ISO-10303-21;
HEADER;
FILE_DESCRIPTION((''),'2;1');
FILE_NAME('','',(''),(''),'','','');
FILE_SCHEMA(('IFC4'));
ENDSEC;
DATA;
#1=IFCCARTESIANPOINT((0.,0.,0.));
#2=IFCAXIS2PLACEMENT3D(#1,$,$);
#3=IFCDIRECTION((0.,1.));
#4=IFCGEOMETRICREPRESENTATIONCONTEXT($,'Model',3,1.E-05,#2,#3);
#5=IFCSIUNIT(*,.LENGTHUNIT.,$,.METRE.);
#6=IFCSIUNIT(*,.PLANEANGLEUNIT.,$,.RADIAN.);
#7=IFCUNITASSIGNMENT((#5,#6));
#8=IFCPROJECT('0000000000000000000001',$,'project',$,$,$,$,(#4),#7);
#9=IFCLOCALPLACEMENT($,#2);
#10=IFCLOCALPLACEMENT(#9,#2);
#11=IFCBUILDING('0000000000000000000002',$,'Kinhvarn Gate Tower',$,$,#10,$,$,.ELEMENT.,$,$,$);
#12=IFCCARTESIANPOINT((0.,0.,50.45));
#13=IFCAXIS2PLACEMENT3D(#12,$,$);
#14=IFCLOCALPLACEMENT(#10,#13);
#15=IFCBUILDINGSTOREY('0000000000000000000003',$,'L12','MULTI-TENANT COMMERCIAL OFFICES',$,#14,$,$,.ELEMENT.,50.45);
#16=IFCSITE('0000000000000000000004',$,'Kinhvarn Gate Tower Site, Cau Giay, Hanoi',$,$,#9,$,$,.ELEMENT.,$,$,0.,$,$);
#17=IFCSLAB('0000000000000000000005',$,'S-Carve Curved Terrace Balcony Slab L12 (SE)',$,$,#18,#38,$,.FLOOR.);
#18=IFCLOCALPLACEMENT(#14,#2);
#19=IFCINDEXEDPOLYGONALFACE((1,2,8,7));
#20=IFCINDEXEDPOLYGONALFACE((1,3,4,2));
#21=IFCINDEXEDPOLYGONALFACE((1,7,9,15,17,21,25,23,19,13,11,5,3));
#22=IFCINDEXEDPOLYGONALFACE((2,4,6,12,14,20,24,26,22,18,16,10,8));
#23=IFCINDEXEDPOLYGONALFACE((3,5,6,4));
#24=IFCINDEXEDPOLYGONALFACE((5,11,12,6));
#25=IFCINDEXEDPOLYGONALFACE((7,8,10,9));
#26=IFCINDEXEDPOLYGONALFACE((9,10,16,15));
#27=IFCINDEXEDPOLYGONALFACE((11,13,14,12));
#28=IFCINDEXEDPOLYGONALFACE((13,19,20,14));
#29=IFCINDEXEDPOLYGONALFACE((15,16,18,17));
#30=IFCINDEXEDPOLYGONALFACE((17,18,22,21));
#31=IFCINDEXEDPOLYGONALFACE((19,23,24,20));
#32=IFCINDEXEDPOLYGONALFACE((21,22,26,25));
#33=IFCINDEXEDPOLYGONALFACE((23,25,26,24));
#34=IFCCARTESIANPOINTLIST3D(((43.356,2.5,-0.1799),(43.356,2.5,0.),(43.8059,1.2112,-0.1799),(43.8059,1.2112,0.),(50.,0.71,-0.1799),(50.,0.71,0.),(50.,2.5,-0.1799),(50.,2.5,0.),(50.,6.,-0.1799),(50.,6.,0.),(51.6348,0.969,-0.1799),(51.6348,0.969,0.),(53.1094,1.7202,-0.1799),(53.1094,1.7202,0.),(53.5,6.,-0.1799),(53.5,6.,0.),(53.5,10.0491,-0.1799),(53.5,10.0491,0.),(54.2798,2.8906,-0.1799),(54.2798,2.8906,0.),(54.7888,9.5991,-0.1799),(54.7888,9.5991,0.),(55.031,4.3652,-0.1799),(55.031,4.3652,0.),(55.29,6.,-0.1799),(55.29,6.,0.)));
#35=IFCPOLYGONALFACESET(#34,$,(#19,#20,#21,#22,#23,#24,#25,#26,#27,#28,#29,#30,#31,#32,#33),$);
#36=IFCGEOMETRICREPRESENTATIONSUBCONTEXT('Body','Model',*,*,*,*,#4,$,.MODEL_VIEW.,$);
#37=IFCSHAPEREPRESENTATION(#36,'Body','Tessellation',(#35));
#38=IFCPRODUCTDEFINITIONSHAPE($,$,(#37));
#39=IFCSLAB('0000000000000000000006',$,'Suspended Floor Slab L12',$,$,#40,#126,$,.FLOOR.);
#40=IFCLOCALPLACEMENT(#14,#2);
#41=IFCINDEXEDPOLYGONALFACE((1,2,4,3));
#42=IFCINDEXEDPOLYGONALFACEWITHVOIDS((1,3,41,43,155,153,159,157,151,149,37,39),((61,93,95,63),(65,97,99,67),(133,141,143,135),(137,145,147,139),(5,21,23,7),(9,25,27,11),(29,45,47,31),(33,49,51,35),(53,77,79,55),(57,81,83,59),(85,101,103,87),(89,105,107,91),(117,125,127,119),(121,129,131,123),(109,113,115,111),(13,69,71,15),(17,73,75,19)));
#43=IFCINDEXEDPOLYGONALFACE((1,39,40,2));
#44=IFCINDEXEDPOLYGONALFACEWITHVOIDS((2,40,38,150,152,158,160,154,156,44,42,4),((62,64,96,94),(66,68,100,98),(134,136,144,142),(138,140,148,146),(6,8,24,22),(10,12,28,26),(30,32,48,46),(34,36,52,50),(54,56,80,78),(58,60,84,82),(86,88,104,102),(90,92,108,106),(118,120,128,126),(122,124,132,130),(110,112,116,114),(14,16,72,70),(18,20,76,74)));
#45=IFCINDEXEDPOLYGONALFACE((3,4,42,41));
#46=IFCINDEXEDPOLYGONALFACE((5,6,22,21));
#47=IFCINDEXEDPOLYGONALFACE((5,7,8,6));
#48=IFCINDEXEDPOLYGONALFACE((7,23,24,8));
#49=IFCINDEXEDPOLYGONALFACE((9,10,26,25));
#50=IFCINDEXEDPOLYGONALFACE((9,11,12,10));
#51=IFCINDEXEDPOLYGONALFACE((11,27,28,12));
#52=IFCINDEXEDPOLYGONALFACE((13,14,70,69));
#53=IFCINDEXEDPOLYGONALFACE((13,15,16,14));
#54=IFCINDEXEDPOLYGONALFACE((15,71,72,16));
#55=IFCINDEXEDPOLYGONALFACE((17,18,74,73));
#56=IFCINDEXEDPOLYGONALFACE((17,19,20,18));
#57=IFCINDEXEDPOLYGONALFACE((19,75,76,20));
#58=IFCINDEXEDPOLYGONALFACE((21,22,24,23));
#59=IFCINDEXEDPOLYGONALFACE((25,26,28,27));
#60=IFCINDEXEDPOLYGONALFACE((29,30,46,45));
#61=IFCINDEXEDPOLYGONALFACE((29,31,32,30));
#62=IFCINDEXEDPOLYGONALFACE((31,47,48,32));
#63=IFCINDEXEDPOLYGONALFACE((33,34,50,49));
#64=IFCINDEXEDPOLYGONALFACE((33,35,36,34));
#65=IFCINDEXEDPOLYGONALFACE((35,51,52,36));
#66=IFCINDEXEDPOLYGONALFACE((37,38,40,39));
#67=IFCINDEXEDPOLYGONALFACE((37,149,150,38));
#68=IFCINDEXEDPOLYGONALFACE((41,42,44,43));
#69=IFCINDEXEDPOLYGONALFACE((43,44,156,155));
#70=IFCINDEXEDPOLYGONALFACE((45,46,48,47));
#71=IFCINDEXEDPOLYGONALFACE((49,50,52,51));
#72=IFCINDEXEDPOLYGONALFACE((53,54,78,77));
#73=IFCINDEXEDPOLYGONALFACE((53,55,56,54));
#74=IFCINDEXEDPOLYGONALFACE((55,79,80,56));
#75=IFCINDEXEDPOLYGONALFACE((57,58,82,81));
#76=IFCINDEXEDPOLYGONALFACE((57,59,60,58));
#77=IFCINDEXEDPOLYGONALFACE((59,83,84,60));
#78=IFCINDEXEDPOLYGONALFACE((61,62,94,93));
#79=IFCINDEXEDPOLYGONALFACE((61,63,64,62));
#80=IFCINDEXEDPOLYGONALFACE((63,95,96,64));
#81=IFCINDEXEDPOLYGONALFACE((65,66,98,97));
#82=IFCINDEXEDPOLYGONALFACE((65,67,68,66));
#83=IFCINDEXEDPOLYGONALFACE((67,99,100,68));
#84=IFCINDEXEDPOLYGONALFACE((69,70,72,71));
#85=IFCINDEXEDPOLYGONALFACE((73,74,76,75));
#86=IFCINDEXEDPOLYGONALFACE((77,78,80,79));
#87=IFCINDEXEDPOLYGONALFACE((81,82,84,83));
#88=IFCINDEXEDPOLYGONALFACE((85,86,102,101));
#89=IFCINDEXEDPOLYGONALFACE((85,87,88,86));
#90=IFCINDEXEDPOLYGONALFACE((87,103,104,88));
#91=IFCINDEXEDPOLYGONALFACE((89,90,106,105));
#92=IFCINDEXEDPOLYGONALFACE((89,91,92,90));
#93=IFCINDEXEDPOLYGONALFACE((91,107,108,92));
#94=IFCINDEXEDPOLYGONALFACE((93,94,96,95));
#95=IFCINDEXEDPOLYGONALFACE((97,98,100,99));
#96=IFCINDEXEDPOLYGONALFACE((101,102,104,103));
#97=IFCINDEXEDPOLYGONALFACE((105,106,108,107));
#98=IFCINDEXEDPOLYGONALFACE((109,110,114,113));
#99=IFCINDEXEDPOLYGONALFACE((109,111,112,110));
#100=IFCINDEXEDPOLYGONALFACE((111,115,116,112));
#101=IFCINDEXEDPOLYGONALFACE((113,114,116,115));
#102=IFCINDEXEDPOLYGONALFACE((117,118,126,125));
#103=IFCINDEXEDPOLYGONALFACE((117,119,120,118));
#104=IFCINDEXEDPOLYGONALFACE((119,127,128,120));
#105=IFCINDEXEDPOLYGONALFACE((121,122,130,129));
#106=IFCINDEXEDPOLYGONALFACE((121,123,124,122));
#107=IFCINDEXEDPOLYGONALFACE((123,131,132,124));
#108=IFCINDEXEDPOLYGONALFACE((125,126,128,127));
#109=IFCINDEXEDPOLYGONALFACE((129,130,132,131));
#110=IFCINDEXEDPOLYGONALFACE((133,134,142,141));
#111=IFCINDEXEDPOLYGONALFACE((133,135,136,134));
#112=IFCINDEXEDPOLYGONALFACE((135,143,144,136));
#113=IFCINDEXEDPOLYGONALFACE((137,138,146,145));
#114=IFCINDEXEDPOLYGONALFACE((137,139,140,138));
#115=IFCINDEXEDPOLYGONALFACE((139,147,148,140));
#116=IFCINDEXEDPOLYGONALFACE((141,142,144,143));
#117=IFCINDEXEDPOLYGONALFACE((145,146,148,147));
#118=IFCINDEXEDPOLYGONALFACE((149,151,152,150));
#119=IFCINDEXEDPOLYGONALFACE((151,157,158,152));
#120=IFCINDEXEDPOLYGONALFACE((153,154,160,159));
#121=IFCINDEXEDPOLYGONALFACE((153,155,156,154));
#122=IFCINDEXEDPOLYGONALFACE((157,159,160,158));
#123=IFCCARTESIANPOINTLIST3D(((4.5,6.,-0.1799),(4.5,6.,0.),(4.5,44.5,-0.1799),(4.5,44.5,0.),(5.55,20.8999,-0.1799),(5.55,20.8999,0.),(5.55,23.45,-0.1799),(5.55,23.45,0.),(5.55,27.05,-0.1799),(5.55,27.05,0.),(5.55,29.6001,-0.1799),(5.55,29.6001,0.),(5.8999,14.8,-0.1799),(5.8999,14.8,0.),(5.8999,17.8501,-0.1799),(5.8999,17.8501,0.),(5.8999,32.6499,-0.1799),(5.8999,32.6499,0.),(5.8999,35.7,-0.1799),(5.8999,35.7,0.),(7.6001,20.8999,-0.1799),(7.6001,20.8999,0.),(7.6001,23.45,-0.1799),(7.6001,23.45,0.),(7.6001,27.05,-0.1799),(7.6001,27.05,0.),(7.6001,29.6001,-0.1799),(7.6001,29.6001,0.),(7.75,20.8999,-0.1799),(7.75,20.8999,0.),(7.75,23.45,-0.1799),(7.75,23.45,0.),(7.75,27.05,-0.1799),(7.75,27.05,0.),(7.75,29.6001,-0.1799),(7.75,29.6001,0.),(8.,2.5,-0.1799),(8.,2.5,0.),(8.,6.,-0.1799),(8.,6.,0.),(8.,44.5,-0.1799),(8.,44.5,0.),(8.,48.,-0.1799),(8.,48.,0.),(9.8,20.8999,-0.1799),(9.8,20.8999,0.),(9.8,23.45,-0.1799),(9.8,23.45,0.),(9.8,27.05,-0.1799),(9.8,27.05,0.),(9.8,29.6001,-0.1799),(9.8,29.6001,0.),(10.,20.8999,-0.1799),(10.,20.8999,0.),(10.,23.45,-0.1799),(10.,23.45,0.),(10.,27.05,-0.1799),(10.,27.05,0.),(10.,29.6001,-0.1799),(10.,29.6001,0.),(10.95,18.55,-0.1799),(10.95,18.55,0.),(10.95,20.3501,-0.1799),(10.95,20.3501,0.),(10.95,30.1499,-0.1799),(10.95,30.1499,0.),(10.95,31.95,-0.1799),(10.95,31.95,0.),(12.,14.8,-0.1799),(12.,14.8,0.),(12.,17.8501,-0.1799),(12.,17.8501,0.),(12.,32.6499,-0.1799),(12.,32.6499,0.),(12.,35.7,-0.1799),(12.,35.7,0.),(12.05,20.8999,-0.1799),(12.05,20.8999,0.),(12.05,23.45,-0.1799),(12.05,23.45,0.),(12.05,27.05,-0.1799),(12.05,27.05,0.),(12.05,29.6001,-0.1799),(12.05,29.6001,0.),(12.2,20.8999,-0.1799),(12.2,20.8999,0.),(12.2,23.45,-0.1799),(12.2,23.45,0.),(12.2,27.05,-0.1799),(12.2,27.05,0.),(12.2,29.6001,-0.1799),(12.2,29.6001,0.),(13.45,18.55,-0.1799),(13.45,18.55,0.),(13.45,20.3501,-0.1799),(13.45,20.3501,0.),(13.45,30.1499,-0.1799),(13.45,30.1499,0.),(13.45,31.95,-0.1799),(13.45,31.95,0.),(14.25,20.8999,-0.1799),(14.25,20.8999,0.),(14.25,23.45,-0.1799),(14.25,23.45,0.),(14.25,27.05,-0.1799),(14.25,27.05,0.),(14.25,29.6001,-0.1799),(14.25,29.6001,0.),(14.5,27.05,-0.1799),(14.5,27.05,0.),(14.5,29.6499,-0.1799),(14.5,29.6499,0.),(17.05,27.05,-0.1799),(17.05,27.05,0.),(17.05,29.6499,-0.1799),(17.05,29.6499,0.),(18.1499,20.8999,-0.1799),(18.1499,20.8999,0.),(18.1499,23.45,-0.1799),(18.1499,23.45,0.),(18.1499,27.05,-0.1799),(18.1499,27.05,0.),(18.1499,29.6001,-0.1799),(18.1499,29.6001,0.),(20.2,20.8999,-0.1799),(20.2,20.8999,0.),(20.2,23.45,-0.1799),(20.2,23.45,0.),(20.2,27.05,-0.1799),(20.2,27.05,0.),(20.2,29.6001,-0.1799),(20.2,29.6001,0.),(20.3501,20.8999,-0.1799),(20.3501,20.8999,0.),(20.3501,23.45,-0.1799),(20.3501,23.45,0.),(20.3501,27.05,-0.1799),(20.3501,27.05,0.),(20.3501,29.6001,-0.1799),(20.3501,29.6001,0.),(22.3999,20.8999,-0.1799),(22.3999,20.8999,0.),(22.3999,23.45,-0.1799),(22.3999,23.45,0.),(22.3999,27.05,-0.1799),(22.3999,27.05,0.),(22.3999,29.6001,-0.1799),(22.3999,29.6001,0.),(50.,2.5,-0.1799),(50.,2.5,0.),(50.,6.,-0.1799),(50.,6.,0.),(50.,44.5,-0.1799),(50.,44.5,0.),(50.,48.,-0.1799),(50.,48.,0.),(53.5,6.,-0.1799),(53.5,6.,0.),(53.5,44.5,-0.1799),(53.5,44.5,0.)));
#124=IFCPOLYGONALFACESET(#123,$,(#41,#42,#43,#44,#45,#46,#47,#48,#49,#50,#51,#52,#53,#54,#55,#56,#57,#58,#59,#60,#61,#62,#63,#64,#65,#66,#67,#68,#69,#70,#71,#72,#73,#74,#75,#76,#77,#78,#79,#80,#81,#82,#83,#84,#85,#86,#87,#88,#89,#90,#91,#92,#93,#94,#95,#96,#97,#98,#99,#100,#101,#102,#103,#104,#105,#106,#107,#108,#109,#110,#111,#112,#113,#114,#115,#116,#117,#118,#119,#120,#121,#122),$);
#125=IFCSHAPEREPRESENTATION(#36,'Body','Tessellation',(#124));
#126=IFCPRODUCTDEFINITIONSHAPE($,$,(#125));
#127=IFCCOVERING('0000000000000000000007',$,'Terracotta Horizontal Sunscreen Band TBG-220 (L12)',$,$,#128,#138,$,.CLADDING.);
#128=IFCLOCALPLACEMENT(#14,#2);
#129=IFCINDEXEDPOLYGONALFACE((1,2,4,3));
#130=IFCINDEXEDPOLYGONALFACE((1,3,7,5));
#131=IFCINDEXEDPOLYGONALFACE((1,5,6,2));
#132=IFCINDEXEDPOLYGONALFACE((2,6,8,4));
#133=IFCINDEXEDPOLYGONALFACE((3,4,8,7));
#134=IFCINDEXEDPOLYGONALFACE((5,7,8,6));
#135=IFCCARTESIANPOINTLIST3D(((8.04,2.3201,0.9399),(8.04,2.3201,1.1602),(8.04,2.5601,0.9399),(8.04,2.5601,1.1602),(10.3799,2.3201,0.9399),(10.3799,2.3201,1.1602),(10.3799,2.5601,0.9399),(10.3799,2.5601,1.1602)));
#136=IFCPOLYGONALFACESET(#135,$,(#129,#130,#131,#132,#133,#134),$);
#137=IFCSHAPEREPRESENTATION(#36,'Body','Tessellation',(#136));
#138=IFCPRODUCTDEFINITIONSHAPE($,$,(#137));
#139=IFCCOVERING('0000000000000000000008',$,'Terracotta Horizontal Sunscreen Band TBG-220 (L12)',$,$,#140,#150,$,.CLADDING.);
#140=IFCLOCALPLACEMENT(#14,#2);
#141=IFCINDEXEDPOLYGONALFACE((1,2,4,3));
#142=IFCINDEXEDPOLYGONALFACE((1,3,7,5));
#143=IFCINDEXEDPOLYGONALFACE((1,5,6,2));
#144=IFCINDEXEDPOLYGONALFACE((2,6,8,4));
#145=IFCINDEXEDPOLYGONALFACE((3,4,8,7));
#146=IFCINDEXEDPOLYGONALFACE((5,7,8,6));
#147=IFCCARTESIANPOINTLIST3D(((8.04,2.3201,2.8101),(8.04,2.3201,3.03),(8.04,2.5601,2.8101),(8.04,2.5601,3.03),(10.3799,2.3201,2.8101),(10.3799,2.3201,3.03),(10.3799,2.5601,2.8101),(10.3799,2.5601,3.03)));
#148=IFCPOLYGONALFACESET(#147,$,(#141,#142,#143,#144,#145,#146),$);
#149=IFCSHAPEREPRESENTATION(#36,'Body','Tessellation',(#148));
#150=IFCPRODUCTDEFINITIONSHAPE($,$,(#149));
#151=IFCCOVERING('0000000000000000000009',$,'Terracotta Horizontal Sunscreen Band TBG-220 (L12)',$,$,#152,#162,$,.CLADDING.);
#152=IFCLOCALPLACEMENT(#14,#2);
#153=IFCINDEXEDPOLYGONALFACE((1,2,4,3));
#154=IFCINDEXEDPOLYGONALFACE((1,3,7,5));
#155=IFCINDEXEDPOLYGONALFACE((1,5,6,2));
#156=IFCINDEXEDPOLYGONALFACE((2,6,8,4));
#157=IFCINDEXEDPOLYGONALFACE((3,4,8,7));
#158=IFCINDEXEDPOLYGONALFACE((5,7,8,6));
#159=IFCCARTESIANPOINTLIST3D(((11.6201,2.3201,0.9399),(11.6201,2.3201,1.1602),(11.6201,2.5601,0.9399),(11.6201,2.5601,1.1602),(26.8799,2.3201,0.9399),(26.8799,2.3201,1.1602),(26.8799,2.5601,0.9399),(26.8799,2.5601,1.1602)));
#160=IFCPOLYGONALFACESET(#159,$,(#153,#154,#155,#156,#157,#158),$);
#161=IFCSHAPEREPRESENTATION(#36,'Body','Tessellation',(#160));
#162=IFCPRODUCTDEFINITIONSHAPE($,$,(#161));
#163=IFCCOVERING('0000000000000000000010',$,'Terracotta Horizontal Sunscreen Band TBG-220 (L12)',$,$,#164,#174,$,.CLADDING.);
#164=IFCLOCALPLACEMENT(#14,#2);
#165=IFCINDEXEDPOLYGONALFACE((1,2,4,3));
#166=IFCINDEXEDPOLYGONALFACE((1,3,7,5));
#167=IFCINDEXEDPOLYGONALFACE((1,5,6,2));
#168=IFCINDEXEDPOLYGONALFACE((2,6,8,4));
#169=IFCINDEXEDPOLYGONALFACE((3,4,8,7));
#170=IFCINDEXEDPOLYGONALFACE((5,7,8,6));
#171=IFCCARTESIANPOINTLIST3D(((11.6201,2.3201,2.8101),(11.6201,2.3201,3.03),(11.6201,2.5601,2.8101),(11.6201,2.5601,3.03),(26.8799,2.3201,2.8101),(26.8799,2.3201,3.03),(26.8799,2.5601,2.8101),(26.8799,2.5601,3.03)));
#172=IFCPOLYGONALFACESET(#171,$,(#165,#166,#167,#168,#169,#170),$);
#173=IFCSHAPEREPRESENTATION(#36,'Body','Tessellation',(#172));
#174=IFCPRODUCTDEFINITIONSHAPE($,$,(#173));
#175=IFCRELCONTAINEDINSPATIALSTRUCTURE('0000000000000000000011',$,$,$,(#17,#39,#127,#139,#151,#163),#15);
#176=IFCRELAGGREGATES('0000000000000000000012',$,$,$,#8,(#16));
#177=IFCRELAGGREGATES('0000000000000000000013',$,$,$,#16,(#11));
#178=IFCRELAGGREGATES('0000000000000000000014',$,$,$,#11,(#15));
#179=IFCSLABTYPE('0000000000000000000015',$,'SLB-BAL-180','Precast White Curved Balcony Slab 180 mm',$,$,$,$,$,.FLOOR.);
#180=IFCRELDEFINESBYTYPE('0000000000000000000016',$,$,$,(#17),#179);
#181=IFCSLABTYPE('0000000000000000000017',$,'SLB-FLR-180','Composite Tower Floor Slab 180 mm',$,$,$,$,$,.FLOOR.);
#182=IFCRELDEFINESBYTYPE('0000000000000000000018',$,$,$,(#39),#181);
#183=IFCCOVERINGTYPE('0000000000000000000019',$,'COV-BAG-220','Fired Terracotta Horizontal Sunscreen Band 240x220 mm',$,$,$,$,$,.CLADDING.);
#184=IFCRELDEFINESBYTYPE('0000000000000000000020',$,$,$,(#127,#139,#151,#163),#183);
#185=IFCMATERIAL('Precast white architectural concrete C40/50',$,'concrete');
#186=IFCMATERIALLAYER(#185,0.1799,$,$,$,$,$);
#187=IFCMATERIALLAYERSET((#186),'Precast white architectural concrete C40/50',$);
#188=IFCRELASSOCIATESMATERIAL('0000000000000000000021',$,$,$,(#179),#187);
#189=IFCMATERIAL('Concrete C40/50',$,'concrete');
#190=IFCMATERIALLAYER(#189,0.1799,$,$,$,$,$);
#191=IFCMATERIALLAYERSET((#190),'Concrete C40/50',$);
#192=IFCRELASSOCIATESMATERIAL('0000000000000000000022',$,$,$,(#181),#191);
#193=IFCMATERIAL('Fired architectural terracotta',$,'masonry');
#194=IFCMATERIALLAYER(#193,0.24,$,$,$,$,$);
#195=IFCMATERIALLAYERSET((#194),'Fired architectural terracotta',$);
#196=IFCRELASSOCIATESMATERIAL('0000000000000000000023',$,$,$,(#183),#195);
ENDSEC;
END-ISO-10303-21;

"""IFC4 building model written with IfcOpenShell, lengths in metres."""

from ifc_helpers import new_model, si_unit, direction, frame, origin, place, context, subcontext, project, spatial, polyline, outline, extrude, material, layer, layer_set, type_object, element, save


model = new_model("IFC4")

# Units and contexts
model_context = context("Model", 3, precision=1e-05, world=origin(), true_north=direction((0.0, 1.0)))
body_context = subcontext(model_context, "Body", "Model", "MODEL_VIEW")
ifc_project = project(units=[si_unit("LENGTHUNIT", "METRE"), si_unit("PLANEANGLEUNIT", "RADIAN")], contexts=[model_context])

# Site, building, storey
site_placement = place(None, origin())
site = spatial("IfcSite", under=ifc_project, at=site_placement, Name="Kinhvarn Gate Tower Site, Cau Giay, Hanoi", CompositionType="ELEMENT", RefElevation=0.0)
building_placement = place(site_placement, origin())
building = spatial("IfcBuilding", under=site, at=building_placement, Name="Kinhvarn Gate Tower", CompositionType="ELEMENT")
storey_placement = place(building_placement, frame((0.0, 0.0, 50.45)))
storey = spatial("IfcBuildingStorey", under=building, at=storey_placement, Name="L12", Description="MULTI-TENANT COMMERCIAL OFFICES", CompositionType="ELEMENT", Elevation=50.45)

# Slabs
ifc_material_1 = material(Name="Precast white architectural concrete C40/50", Category="concrete")
ifc_layer_1 = layer(ifc_material_1, 0.1799)
ifc_layer_set_1 = layer_set([ifc_layer_1], Name="Precast white architectural concrete C40/50")
slab_type_1 = type_object("IfcSlabType", Name="SLB-BAL-180", Description="Precast White Curved Balcony Slab 180 mm", PredefinedType="FLOOR", material=ifc_layer_set_1)
slab_1_placement = place(storey_placement, frame((0.0, 0.0, -0.1799)))
element("IfcSlab", 1, at=slab_1_placement, inside=storey, type_object=slab_type_1, Name="S-Carve Curved Terrace Balcony Slab L12 (SE)", PredefinedType="FLOOR", context=body_context, shape_type="SweptSolid", body=[
    extrude(outline(polyline([(43.356, 2.5), (43.8059, 1.2112), (50.0, 0.71), (51.6348, 0.969), (53.1094, 1.7202), (54.2798, 2.8906), (55.031, 4.3652), (55.29, 6.0), (54.7888, 9.5991), (53.5, 10.0491), (53.5, 6.0), (50.0, 6.0), (50.0, 2.5), (43.356, 2.5)])), origin(), (0.0, 0.0, 1.0), 0.1799),
])
ifc_material_2 = material(Name="Concrete C40/50", Category="concrete")
ifc_layer_2 = layer(ifc_material_2, 0.1799)
ifc_layer_set_2 = layer_set([ifc_layer_2], Name="Concrete C40/50")
slab_type_2 = type_object("IfcSlabType", Name="SLB-FLR-180", Description="Composite Tower Floor Slab 180 mm", PredefinedType="FLOOR", material=ifc_layer_set_2)
slab_2_placement = place(storey_placement, frame((0.0, 0.0, -0.1799)))
element("IfcSlab", 2, at=slab_2_placement, inside=storey, type_object=slab_type_2, Name="Suspended Floor Slab L12", PredefinedType="FLOOR", context=body_context, shape_type="SweptSolid", body=[
    extrude(outline(polyline([(8.0, 2.5), (50.0, 2.5), (50.0, 6.0), (53.5, 6.0), (53.5, 44.5), (50.0, 44.5), (50.0, 48.0), (8.0, 48.0), (8.0, 44.5), (4.5, 44.5), (4.5, 6.0), (8.0, 6.0), (8.0, 2.5)]), holes=[polyline([(5.8999, 14.8), (12.0, 14.8), (12.0, 17.8501), (5.8999, 17.8501), (5.8999, 14.8)]), polyline([(5.8999, 32.6499), (12.0, 32.6499), (12.0, 35.7), (5.8999, 35.7), (5.8999, 32.6499)]), polyline([(18.1499, 20.8999), (20.2, 20.8999), (20.2, 23.45), (18.1499, 23.45), (18.1499, 20.8999)]), polyline([(20.3501, 20.8999), (22.3999, 20.8999), (22.3999, 23.45), (20.3501, 23.45), (20.3501, 20.8999)]), polyline([(18.1499, 27.05), (20.2, 27.05), (20.2, 29.6001), (18.1499, 29.6001), (18.1499, 27.05)]), polyline([(20.3501, 27.05), (22.3999, 27.05), (22.3999, 29.6001), (20.3501, 29.6001), (20.3501, 27.05)]), polyline([(5.55, 20.8999), (7.6001, 20.8999), (7.6001, 23.45), (5.55, 23.45), (5.55, 20.8999)]), polyline([(7.75, 20.8999), (9.8, 20.8999), (9.8, 23.45), (7.75, 23.45), (7.75, 20.8999)]), polyline([(5.55, 27.05), (7.6001, 27.05), (7.6001, 29.6001), (5.55, 29.6001), (5.55, 27.05)]), polyline([(7.75, 27.05), (9.8, 27.05), (9.8, 29.6001), (7.75, 29.6001), (7.75, 27.05)]), polyline([(10.0, 20.8999), (12.05, 20.8999), (12.05, 23.45), (10.0, 23.45), (10.0, 20.8999)]), polyline([(12.2, 20.8999), (14.25, 20.8999), (14.25, 23.45), (12.2, 23.45), (12.2, 20.8999)]), polyline([(10.0, 27.05), (12.05, 27.05), (12.05, 29.6001), (10.0, 29.6001), (10.0, 27.05)]), polyline([(12.2, 27.05), (14.25, 27.05), (14.25, 29.6001), (12.2, 29.6001), (12.2, 27.05)]), polyline([(14.5, 27.05), (17.05, 27.05), (17.05, 29.6499), (14.5, 29.6499), (14.5, 27.05)]), polyline([(10.95, 18.55), (13.45, 18.55), (13.45, 20.3501), (10.95, 20.3501), (10.95, 18.55)]), polyline([(10.95, 30.1499), (13.45, 30.1499), (13.45, 31.95), (10.95, 31.95), (10.95, 30.1499)])]), origin(), (0.0, 0.0, 1.0), 0.1799),
])

# Coverings
ifc_material_3 = material(Name="Fired architectural terracotta", Category="masonry")
ifc_layer_3 = layer(ifc_material_3, 0.24)
ifc_layer_set_3 = layer_set([ifc_layer_3], Name="Fired architectural terracotta")
covering_type_1 = type_object("IfcCoveringType", Name="COV-BAG-220", Description="Fired Terracotta Horizontal Sunscreen Band 240x220 mm", PredefinedType="CLADDING", material=ifc_layer_set_3)
covering_1_placement = place(storey_placement, frame((0.0, 0.0, 0.9399)))
element("IfcCovering", 3, at=covering_1_placement, inside=storey, type_object=covering_type_1, Name="Terracotta Horizontal Sunscreen Band TBG-220 (L12)", PredefinedType="CLADDING", context=body_context, shape_type="SweptSolid", body=[
    extrude(outline(polyline([(8.04, 2.5601), (10.3799, 2.5601), (10.3799, 2.3201), (8.04, 2.3201), (8.04, 2.5601)])), origin(), (0.0, 0.0, 1.0), 0.2202),
])
covering_2_placement = place(storey_placement, frame((0.0, 0.0, 2.8101)))
element("IfcCovering", 4, at=covering_2_placement, inside=storey, type_object=covering_type_1, Name="Terracotta Horizontal Sunscreen Band TBG-220 (L12)", PredefinedType="CLADDING", context=body_context, shape_type="SweptSolid", body=[
    extrude(outline(polyline([(8.04, 2.5601), (10.3799, 2.5601), (10.3799, 2.3201), (8.04, 2.3201), (8.04, 2.5601)])), origin(), (0.0, 0.0, 1.0), 0.22),
])
covering_3_placement = place(storey_placement, frame((0.0, 0.0, 0.9399)))
element("IfcCovering", 5, at=covering_3_placement, inside=storey, type_object=covering_type_1, Name="Terracotta Horizontal Sunscreen Band TBG-220 (L12)", PredefinedType="CLADDING", context=body_context, shape_type="SweptSolid", body=[
    extrude(outline(polyline([(11.6201, 2.5601), (26.8799, 2.5601), (26.8799, 2.3201), (11.6201, 2.3201), (11.6201, 2.5601)])), origin(), (0.0, 0.0, 1.0), 0.2202),
])
covering_4_placement = place(storey_placement, frame((0.0, 0.0, 2.8101)))
element("IfcCovering", 6, at=covering_4_placement, inside=storey, type_object=covering_type_1, Name="Terracotta Horizontal Sunscreen Band TBG-220 (L12)", PredefinedType="CLADDING", context=body_context, shape_type="SweptSolid", body=[
    extrude(outline(polyline([(11.6201, 2.5601), (26.8799, 2.5601), (26.8799, 2.3201), (11.6201, 2.3201), (11.6201, 2.5601)])), origin(), (0.0, 0.0, 1.0), 0.22),
])

save(model, "model.ifc")
